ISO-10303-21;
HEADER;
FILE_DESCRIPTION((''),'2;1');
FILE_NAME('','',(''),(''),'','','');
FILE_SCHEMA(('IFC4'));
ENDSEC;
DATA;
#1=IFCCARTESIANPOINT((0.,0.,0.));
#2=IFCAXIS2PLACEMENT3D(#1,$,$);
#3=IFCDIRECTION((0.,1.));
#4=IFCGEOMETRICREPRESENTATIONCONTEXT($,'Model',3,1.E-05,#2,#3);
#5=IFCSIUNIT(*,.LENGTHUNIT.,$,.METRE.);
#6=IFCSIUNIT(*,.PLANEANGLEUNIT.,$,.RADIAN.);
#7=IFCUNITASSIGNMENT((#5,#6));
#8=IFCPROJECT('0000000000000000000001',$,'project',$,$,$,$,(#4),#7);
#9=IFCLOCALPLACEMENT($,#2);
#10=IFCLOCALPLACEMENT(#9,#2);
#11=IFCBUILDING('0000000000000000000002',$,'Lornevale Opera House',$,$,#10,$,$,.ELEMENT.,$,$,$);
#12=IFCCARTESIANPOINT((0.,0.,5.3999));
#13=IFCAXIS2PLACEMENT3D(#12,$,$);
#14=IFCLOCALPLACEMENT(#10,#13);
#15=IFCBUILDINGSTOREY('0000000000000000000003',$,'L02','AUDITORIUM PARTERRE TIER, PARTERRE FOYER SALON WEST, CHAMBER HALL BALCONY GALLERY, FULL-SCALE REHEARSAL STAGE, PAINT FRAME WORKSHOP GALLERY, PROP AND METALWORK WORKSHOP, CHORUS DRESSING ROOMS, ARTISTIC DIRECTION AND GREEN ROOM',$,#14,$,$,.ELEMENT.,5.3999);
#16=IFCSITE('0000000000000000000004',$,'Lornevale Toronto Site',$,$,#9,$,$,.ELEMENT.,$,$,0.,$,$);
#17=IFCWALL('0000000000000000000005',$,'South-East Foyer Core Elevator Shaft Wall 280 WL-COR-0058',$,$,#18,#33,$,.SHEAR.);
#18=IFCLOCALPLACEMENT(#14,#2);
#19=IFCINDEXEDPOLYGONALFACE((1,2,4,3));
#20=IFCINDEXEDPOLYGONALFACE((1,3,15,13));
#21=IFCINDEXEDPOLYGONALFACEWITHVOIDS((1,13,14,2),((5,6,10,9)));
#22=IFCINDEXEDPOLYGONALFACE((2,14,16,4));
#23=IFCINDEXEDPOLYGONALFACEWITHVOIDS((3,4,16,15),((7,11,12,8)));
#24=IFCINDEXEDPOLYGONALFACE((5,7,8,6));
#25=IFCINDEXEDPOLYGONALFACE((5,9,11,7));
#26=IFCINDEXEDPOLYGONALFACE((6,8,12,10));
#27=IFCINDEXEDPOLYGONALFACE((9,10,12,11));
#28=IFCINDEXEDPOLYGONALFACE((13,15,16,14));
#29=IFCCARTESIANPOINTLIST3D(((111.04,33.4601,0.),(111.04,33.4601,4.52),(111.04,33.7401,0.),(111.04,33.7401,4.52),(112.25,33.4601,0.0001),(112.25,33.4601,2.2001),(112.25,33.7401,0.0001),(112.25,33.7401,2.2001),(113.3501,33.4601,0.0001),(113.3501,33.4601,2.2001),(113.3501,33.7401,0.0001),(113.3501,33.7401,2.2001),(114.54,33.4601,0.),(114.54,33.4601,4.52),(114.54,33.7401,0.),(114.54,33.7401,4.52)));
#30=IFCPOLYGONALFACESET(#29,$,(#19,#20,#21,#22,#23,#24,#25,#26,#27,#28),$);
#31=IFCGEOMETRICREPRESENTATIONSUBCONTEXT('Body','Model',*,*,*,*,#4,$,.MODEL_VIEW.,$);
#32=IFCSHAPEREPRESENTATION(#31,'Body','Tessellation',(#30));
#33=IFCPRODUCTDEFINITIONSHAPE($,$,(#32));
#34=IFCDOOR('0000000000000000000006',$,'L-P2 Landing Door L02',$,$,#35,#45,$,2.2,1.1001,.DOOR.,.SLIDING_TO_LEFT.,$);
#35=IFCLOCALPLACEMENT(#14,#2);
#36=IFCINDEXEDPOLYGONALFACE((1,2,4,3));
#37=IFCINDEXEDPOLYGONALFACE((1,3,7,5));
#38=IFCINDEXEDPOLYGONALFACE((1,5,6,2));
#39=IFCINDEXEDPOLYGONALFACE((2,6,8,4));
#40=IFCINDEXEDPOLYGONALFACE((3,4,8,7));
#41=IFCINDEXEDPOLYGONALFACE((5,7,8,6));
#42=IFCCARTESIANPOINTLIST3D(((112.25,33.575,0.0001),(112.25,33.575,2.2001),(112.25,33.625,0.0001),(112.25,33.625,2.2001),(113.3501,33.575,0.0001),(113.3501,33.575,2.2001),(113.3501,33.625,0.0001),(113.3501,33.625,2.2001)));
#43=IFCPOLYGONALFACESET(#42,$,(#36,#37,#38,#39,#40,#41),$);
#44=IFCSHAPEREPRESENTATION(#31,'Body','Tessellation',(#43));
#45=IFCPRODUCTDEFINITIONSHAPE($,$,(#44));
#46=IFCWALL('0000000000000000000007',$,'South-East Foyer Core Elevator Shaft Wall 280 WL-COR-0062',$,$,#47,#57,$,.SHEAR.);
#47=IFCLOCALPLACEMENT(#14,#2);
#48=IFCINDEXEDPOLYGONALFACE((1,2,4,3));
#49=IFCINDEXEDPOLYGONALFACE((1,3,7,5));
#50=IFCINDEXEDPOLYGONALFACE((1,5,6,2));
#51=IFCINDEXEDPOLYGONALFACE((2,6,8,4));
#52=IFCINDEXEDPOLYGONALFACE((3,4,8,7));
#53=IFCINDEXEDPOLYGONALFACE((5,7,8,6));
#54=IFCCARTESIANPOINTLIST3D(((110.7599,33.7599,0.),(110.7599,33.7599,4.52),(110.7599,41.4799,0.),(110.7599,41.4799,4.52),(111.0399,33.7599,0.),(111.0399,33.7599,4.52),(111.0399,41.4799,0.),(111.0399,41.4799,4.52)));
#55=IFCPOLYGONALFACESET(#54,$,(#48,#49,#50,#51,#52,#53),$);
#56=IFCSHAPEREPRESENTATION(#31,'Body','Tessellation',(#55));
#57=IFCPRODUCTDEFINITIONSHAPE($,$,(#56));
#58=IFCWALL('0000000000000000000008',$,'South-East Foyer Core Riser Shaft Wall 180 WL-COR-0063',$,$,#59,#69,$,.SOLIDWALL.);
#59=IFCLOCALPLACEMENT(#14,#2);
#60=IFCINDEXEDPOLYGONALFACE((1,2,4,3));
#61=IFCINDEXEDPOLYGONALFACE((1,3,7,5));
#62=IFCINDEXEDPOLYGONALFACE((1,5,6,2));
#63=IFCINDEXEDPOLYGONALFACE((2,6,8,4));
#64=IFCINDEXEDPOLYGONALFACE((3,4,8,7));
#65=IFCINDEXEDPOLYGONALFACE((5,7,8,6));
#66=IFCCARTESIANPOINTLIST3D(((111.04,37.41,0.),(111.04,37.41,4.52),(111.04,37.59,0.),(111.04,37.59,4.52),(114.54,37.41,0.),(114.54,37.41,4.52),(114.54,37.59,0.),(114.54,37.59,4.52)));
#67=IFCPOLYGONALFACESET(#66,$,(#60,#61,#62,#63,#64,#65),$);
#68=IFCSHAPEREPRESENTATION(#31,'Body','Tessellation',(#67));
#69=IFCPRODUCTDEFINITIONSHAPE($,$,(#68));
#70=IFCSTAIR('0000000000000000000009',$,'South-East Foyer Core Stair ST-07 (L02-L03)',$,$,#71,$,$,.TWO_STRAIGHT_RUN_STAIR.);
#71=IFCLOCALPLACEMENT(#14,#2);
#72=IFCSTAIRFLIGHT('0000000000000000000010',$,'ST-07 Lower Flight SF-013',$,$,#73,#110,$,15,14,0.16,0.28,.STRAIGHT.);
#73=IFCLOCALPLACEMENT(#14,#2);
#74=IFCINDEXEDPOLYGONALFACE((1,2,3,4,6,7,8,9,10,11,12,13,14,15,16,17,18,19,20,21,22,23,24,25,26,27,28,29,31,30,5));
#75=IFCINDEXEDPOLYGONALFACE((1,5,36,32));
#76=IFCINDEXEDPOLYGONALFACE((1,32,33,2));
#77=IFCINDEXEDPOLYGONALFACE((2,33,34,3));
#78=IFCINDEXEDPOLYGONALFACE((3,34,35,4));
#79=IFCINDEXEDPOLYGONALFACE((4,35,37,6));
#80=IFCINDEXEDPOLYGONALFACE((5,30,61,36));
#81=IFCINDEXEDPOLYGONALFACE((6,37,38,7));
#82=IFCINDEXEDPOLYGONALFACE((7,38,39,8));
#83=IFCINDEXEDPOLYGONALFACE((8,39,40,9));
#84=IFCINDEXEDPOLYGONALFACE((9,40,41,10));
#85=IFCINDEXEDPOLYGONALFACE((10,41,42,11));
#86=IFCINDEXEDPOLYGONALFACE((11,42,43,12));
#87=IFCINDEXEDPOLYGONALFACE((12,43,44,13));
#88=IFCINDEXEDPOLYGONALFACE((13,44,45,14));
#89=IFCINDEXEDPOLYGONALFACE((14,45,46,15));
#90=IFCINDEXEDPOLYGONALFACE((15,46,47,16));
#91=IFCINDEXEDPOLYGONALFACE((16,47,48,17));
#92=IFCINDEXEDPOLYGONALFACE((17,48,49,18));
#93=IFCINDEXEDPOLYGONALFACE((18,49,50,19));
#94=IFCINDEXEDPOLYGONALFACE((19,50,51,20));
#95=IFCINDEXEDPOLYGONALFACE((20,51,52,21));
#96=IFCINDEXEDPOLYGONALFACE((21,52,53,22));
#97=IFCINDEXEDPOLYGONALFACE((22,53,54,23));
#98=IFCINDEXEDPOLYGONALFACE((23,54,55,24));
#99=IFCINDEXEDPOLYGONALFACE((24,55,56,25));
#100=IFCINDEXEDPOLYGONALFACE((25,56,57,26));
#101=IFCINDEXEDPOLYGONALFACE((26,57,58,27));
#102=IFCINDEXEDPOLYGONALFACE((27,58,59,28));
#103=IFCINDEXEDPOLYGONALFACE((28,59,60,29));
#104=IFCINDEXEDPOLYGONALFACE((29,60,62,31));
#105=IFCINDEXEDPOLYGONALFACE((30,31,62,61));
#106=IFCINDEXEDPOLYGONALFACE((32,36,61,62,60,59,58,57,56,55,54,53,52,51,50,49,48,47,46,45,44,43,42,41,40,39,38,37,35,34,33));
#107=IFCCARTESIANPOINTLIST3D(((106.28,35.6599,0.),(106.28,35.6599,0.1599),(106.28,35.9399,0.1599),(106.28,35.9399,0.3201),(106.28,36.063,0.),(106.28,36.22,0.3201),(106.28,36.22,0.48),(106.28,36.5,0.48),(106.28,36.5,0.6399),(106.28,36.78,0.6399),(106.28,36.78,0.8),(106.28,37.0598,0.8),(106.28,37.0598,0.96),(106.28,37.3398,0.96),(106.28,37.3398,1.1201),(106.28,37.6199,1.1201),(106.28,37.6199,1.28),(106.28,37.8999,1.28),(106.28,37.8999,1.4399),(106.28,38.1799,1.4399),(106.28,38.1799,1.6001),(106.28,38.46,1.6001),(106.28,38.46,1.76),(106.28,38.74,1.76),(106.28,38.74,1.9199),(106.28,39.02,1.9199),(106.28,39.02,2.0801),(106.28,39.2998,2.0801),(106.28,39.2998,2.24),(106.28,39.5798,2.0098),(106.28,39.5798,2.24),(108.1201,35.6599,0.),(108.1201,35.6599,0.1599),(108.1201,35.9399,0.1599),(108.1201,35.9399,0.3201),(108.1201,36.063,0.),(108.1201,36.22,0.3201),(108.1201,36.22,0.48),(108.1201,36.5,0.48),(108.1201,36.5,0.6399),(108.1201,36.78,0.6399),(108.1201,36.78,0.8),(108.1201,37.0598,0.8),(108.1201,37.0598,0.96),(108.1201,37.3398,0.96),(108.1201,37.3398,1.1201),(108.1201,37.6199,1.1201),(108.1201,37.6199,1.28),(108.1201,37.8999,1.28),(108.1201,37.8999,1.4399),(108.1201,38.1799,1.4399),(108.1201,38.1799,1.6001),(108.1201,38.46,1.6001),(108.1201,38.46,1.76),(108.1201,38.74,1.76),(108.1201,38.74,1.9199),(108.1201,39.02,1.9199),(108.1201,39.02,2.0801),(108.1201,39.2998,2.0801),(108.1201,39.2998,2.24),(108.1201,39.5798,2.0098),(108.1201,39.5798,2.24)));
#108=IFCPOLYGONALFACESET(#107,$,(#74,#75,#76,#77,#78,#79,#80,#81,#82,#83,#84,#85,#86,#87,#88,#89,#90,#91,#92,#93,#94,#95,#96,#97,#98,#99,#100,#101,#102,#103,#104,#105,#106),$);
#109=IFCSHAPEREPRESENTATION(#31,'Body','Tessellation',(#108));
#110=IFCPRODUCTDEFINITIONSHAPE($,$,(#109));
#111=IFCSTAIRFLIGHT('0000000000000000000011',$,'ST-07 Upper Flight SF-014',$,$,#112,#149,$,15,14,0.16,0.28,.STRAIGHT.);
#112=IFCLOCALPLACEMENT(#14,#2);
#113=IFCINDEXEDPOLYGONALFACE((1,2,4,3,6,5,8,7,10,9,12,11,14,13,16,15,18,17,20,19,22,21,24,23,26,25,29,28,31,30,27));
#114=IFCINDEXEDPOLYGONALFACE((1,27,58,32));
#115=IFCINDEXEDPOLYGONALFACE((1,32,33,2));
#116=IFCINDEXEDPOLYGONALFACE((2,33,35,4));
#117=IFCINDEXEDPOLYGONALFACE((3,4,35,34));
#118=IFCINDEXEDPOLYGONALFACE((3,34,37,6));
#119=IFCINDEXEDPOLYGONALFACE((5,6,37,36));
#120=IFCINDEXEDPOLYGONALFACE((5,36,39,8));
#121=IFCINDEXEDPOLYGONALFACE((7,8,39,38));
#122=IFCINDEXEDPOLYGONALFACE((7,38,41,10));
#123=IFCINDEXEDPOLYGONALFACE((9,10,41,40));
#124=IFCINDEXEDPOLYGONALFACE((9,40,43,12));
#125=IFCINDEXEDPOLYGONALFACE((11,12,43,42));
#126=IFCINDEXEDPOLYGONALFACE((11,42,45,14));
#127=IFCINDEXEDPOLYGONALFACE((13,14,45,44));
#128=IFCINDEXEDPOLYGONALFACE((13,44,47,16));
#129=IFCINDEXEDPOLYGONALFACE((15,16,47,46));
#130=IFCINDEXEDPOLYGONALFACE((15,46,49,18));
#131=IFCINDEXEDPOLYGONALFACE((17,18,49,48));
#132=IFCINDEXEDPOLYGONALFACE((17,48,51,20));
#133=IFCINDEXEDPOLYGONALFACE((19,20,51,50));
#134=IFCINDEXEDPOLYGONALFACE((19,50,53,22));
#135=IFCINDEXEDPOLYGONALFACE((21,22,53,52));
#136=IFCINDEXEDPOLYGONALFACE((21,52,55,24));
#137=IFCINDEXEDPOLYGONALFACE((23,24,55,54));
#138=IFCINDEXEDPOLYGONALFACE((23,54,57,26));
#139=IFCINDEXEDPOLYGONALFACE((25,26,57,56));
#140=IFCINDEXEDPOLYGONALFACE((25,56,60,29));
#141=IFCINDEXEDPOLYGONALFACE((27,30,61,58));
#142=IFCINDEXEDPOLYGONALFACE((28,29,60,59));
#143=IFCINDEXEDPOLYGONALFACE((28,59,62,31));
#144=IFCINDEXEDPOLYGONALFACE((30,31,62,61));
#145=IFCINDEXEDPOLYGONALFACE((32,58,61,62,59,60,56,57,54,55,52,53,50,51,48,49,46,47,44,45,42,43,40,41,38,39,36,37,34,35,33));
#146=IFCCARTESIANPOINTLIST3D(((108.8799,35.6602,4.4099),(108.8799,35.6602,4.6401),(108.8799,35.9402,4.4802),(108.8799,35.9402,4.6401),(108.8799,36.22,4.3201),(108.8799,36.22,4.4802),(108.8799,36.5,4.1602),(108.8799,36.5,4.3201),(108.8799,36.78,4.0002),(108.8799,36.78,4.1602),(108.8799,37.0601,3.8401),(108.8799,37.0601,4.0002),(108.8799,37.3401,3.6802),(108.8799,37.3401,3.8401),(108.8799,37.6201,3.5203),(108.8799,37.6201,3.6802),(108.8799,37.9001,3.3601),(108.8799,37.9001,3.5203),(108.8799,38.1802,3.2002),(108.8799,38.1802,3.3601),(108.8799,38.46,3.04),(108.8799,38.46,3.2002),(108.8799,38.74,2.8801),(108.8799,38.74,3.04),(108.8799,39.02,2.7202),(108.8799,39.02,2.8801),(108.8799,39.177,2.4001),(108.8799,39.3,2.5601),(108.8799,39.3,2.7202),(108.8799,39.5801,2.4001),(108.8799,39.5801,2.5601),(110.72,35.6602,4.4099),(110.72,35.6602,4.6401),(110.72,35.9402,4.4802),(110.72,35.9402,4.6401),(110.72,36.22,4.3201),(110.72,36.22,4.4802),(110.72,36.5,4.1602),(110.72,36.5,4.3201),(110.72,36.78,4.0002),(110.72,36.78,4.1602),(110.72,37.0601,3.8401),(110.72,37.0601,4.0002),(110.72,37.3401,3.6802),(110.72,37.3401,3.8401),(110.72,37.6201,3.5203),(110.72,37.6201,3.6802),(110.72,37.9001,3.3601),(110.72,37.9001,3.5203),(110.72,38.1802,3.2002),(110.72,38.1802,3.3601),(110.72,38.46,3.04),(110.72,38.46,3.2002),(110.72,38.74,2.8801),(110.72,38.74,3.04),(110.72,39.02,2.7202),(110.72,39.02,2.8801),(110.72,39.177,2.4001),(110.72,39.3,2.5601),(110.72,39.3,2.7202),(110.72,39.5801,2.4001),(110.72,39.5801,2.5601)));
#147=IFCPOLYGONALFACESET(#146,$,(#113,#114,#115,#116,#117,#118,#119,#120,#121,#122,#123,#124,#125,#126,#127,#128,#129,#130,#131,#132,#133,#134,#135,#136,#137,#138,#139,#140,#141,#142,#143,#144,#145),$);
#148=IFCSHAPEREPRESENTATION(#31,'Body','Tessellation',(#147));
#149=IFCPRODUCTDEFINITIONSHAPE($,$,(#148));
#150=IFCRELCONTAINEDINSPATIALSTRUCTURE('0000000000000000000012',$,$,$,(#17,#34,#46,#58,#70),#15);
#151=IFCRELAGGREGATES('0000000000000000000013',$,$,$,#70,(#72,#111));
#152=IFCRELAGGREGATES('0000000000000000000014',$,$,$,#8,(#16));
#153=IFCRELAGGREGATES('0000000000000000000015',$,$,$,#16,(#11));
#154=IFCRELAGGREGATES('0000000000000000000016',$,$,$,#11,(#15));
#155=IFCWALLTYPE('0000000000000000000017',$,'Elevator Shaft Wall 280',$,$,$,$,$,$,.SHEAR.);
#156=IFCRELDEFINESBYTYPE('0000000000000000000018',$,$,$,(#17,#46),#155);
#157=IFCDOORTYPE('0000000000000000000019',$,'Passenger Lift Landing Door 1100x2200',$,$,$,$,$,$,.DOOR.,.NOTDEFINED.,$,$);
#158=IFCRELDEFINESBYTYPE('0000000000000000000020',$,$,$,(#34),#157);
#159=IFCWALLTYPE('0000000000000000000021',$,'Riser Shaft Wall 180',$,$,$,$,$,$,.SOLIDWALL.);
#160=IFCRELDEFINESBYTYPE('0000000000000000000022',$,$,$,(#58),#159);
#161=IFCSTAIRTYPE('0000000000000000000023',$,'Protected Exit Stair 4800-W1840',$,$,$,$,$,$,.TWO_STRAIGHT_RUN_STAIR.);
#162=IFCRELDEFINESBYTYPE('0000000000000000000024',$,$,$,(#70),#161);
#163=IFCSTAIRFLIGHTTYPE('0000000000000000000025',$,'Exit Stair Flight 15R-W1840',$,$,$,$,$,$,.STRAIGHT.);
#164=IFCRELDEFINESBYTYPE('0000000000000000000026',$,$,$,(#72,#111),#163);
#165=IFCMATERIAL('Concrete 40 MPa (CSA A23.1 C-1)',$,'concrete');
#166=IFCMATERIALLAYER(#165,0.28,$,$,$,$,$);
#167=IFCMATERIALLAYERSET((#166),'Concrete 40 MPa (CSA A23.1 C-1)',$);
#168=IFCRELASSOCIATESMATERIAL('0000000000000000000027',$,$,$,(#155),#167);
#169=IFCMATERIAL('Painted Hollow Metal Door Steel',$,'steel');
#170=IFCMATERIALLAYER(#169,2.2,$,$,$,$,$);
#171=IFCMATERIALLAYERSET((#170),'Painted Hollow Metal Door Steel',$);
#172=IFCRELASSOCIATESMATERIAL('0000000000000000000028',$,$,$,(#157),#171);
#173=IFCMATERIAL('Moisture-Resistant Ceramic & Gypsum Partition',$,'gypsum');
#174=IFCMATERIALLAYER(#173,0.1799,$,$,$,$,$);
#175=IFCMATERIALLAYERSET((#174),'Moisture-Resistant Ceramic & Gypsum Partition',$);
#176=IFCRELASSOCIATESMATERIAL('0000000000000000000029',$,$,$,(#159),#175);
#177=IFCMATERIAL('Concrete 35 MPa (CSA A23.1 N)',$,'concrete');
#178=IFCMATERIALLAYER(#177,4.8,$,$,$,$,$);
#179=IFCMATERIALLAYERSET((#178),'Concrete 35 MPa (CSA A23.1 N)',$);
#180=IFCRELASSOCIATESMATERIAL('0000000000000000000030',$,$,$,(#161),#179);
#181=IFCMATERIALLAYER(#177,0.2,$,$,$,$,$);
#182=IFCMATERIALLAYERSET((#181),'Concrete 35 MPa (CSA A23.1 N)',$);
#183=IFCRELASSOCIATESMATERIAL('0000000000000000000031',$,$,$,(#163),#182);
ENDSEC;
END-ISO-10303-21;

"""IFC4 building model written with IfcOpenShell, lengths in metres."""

from ifc_helpers import new_model, si_unit, direction, frame, frame_2d, origin, place, context, subcontext, project, spatial, polyline, rectangle, outline, extrude, material, layer, layer_set, type_object, element, fill, aggregate, save


model = new_model("IFC4")

# Units and contexts
model_context = context("Model", 3, precision=1e-05, world=origin(), true_north=direction((0.0, 1.0)))
body_context = subcontext(model_context, "Body", "Model", "MODEL_VIEW")
ifc_project = project(units=[si_unit("LENGTHUNIT", "METRE"), si_unit("PLANEANGLEUNIT", "RADIAN")], contexts=[model_context])

# Site, building, storey
site_placement = place(None, origin())
site = spatial("IfcSite", under=ifc_project, at=site_placement, Name="Lornevale Toronto Site", CompositionType="ELEMENT", RefElevation=0.0)
building_placement = place(site_placement, origin())
building = spatial("IfcBuilding", under=site, at=building_placement, Name="Lornevale Opera House", CompositionType="ELEMENT")
storey_placement = place(building_placement, frame((0.0, 0.0, 5.3999)))
storey = spatial("IfcBuildingStorey", under=building, at=storey_placement, Name="L02", Description="AUDITORIUM PARTERRE TIER, PARTERRE FOYER SALON WEST, CHAMBER HALL BALCONY GALLERY, FULL-SCALE REHEARSAL STAGE, PAINT FRAME WORKSHOP GALLERY, PROP AND METALWORK WORKSHOP, CHORUS DRESSING ROOMS, ARTISTIC DIRECTION AND GREEN ROOM", CompositionType="ELEMENT", Elevation=5.3999)

# Shared definitions
ifc_material_1 = material(Name="Concrete 40 MPa (CSA A23.1 C-1)", Category="concrete")

# Shared definitions
ifc_material_2 = material(Name="Concrete 35 MPa (CSA A23.1 N)", Category="concrete")

# Shared definitions
ifc_material_3 = material(Name="Painted Hollow Metal Door Steel", Category="steel")

# Wall, opening, door
ifc_layer_1 = layer(ifc_material_1, 0.28)
ifc_layer_set_1 = layer_set([ifc_layer_1], Name="Concrete 40 MPa (CSA A23.1 C-1)")
wall_type_1 = type_object("IfcWallType", Name="Elevator Shaft Wall 280", PredefinedType="SHEAR", material=ifc_layer_set_1)
wall_1_placement = place(storey_placement, frame((111.04, 33.6001, 0.0), z_axis=(0.0, 0.0, 1.0), x_axis=(1.0, 0.0, 0.0)))
wall_1 = element("IfcWall", 1, at=wall_1_placement, inside=storey, type_object=wall_type_1, Name="South-East Foyer Core Elevator Shaft Wall 280 WL-COR-0058", PredefinedType="SHEAR", context=body_context, shape_type="SweptSolid", body=[
    extrude(rectangle(XDim=3.5, YDim=0.28, at=frame_2d((1.75, 0.0))), origin(), (0.0, 0.0, 1.0), 4.52),
])
opening_1_placement = place(wall_1_placement, frame((1.21, 0.0, 0.0)))
opening_1 = element("IfcOpeningElement", 2, at=opening_1_placement, cuts=wall_1, PredefinedType="OPENING", context=body_context, shape_type="SweptSolid", body=[
    extrude(rectangle(XDim=1.1001, YDim=2.2, at=frame_2d((0.55, 1.1001))), frame((0.0, 0.1499, 0.0), z_axis=(0.0, -1.0, 0.0), x_axis=(1.0, 0.0, 0.0)), (0.0, 0.0, 1.0), 0.3),
])
ifc_layer_2 = layer(ifc_material_3, 2.2)
ifc_layer_set_2 = layer_set([ifc_layer_2], Name="Painted Hollow Metal Door Steel")
door_type_1 = type_object("IfcDoorType", Name="Passenger Lift Landing Door 1100x2200", OperationType="NOTDEFINED", PredefinedType="DOOR", material=ifc_layer_set_2)
door_1_placement = place(opening_1_placement, origin())
door_1 = element("IfcDoor", 3, at=door_1_placement, inside=storey, type_object=door_type_1, Name="L-P2 Landing Door L02", OperationType="SLIDING_TO_LEFT", OverallHeight=2.2, OverallWidth=1.1001, PredefinedType="DOOR", context=body_context, shape_type="SweptSolid", body=[
    extrude(rectangle(XDim=1.1001, YDim=2.2, at=frame_2d((0.55, 1.1001))), frame((0.0, 0.0249, 0.0), z_axis=(0.0, -1.0, 0.0), x_axis=(1.0, 0.0, 0.0)), (0.0, 0.0, 1.0), 0.05),
])
fill(opening_1, door_1)

# Walls
wall_2_placement = place(storey_placement, frame((110.8999, 33.76, 0.0), z_axis=(0.0, 0.0, 1.0), x_axis=(0.0, 1.0, 0.0)))
element("IfcWall", 4, at=wall_2_placement, inside=storey, type_object=wall_type_1, Name="South-East Foyer Core Elevator Shaft Wall 280 WL-COR-0062", PredefinedType="SHEAR", context=body_context, shape_type="SweptSolid", body=[
    extrude(rectangle(XDim=7.72, YDim=0.28, at=frame_2d((3.8599, 0.0))), origin(), (0.0, 0.0, 1.0), 4.52),
])
ifc_material_4 = material(Name="Moisture-Resistant Ceramic & Gypsum Partition", Category="gypsum")
ifc_layer_3 = layer(ifc_material_4, 0.1799)
ifc_layer_set_3 = layer_set([ifc_layer_3], Name="Moisture-Resistant Ceramic & Gypsum Partition")
wall_type_2 = type_object("IfcWallType", Name="Riser Shaft Wall 180", PredefinedType="SOLIDWALL", material=ifc_layer_set_3)
wall_3_placement = place(storey_placement, frame((111.04, 37.5, 0.0), z_axis=(0.0, 0.0, 1.0), x_axis=(1.0, 0.0, 0.0)))
element("IfcWall", 5, at=wall_3_placement, inside=storey, type_object=wall_type_2, Name="South-East Foyer Core Riser Shaft Wall 180 WL-COR-0063", PredefinedType="SOLIDWALL", context=body_context, shape_type="SweptSolid", body=[
    extrude(rectangle(XDim=3.5, YDim=0.1799, at=frame_2d((1.75, 0.0))), origin(), (0.0, 0.0, 1.0), 4.52),
])

# Stair, stair flights
ifc_layer_4 = layer(ifc_material_2, 4.8)
ifc_layer_set_4 = layer_set([ifc_layer_4], Name="Concrete 35 MPa (CSA A23.1 N)")
stair_type = type_object("IfcStairType", Name="Protected Exit Stair 4800-W1840", PredefinedType="TWO_STRAIGHT_RUN_STAIR", material=ifc_layer_set_4)
stair_placement = place(storey_placement, origin())
stair = element("IfcStair", 6, at=stair_placement, inside=storey, type_object=stair_type, Name="South-East Foyer Core Stair ST-07 (L02-L03)", PredefinedType="TWO_STRAIGHT_RUN_STAIR")
ifc_layer_5 = layer(ifc_material_2, 0.2)
ifc_layer_set_5 = layer_set([ifc_layer_5], Name="Concrete 35 MPa (CSA A23.1 N)")
stair_flight_type = type_object("IfcStairFlightType", Name="Exit Stair Flight 15R-W1840", PredefinedType="STRAIGHT", material=ifc_layer_set_5)
stair_flight_1_placement = place(storey_placement, frame((107.2, 35.6599, 0.0), z_axis=(0.0, 0.0, 1.0), x_axis=(0.0, 1.0, 0.0)))
stair_flight_1 = element("IfcStairFlight", 7, at=stair_flight_1_placement, type_object=stair_flight_type, Name="ST-07 Lower Flight SF-013", NumberOfRisers=15, NumberOfTreads=14, PredefinedType="STRAIGHT", RiserHeight=0.16, TreadLength=0.28, context=body_context, shape_type="SweptSolid", body=[
    extrude(outline(polyline([(0.0, 0.0), (0.0, 0.1599), (0.28, 0.1599), (0.28, 0.3201), (0.5601, 0.3201), (0.5601, 0.48), (0.8401, 0.48), (0.8401, 0.6399), (1.1201, 0.6399), (1.1201, 0.8), (1.3999, 0.8), (1.3999, 0.96), (1.6799, 0.96), (1.6799, 1.1201), (1.96, 1.1201), (1.96, 1.28), (2.24, 1.28), (2.24, 1.4399), (2.52, 1.4399), (2.52, 1.6001), (2.8, 1.6001), (2.8, 1.76), (3.0801, 1.76), (3.0801, 1.9199), (3.3601, 1.9199), (3.3601, 2.0801), (3.6399, 2.0801), (3.6399, 2.24), (3.9199, 2.24), (3.9199, 2.0098), (0.4031, 0.0), (0.0, 0.0)])), frame((0.0, 0.9199, 0.0), z_axis=(0.0, -1.0, 0.0), x_axis=(1.0, 0.0, 0.0)), (0.0, 0.0, 1.0), 1.8401),
])
stair_flight_2_placement = place(storey_placement, frame((109.8, 39.5801, 2.4001), z_axis=(0.0, 0.0, 1.0), x_axis=(0.0, -1.0, 0.0)))
stair_flight_2 = element("IfcStairFlight", 8, at=stair_flight_2_placement, type_object=stair_flight_type, Name="ST-07 Upper Flight SF-014", NumberOfRisers=15, NumberOfTreads=14, PredefinedType="STRAIGHT", RiserHeight=0.16, TreadLength=0.28, context=body_context, shape_type="SweptSolid", body=[
    extrude(outline(polyline([(0.0, 0.0), (0.0, 0.1599), (0.28, 0.1599), (0.28, 0.3201), (0.5601, 0.3201), (0.5601, 0.48), (0.8401, 0.48), (0.8401, 0.6399), (1.1201, 0.6399), (1.1201, 0.8), (1.3999, 0.8), (1.3999, 0.96), (1.6799, 0.96), (1.6799, 1.1201), (1.96, 1.1201), (1.96, 1.28), (2.24, 1.28), (2.24, 1.4399), (2.52, 1.4399), (2.52, 1.6001), (2.8, 1.6001), (2.8, 1.76), (3.0801, 1.76), (3.0801, 1.9199), (3.3601, 1.9199), (3.3601, 2.0801), (3.6399, 2.0801), (3.6399, 2.24), (3.9199, 2.24), (3.9199, 2.0098), (0.4031, 0.0), (0.0, 0.0)])), frame((0.0, 0.9199, 0.0), z_axis=(0.0, -1.0, 0.0), x_axis=(1.0, 0.0, 0.0)), (0.0, 0.0, 1.0), 1.8401),
])
aggregate(stair, [stair_flight_1, stair_flight_2])

save(model, "model.ifc")
